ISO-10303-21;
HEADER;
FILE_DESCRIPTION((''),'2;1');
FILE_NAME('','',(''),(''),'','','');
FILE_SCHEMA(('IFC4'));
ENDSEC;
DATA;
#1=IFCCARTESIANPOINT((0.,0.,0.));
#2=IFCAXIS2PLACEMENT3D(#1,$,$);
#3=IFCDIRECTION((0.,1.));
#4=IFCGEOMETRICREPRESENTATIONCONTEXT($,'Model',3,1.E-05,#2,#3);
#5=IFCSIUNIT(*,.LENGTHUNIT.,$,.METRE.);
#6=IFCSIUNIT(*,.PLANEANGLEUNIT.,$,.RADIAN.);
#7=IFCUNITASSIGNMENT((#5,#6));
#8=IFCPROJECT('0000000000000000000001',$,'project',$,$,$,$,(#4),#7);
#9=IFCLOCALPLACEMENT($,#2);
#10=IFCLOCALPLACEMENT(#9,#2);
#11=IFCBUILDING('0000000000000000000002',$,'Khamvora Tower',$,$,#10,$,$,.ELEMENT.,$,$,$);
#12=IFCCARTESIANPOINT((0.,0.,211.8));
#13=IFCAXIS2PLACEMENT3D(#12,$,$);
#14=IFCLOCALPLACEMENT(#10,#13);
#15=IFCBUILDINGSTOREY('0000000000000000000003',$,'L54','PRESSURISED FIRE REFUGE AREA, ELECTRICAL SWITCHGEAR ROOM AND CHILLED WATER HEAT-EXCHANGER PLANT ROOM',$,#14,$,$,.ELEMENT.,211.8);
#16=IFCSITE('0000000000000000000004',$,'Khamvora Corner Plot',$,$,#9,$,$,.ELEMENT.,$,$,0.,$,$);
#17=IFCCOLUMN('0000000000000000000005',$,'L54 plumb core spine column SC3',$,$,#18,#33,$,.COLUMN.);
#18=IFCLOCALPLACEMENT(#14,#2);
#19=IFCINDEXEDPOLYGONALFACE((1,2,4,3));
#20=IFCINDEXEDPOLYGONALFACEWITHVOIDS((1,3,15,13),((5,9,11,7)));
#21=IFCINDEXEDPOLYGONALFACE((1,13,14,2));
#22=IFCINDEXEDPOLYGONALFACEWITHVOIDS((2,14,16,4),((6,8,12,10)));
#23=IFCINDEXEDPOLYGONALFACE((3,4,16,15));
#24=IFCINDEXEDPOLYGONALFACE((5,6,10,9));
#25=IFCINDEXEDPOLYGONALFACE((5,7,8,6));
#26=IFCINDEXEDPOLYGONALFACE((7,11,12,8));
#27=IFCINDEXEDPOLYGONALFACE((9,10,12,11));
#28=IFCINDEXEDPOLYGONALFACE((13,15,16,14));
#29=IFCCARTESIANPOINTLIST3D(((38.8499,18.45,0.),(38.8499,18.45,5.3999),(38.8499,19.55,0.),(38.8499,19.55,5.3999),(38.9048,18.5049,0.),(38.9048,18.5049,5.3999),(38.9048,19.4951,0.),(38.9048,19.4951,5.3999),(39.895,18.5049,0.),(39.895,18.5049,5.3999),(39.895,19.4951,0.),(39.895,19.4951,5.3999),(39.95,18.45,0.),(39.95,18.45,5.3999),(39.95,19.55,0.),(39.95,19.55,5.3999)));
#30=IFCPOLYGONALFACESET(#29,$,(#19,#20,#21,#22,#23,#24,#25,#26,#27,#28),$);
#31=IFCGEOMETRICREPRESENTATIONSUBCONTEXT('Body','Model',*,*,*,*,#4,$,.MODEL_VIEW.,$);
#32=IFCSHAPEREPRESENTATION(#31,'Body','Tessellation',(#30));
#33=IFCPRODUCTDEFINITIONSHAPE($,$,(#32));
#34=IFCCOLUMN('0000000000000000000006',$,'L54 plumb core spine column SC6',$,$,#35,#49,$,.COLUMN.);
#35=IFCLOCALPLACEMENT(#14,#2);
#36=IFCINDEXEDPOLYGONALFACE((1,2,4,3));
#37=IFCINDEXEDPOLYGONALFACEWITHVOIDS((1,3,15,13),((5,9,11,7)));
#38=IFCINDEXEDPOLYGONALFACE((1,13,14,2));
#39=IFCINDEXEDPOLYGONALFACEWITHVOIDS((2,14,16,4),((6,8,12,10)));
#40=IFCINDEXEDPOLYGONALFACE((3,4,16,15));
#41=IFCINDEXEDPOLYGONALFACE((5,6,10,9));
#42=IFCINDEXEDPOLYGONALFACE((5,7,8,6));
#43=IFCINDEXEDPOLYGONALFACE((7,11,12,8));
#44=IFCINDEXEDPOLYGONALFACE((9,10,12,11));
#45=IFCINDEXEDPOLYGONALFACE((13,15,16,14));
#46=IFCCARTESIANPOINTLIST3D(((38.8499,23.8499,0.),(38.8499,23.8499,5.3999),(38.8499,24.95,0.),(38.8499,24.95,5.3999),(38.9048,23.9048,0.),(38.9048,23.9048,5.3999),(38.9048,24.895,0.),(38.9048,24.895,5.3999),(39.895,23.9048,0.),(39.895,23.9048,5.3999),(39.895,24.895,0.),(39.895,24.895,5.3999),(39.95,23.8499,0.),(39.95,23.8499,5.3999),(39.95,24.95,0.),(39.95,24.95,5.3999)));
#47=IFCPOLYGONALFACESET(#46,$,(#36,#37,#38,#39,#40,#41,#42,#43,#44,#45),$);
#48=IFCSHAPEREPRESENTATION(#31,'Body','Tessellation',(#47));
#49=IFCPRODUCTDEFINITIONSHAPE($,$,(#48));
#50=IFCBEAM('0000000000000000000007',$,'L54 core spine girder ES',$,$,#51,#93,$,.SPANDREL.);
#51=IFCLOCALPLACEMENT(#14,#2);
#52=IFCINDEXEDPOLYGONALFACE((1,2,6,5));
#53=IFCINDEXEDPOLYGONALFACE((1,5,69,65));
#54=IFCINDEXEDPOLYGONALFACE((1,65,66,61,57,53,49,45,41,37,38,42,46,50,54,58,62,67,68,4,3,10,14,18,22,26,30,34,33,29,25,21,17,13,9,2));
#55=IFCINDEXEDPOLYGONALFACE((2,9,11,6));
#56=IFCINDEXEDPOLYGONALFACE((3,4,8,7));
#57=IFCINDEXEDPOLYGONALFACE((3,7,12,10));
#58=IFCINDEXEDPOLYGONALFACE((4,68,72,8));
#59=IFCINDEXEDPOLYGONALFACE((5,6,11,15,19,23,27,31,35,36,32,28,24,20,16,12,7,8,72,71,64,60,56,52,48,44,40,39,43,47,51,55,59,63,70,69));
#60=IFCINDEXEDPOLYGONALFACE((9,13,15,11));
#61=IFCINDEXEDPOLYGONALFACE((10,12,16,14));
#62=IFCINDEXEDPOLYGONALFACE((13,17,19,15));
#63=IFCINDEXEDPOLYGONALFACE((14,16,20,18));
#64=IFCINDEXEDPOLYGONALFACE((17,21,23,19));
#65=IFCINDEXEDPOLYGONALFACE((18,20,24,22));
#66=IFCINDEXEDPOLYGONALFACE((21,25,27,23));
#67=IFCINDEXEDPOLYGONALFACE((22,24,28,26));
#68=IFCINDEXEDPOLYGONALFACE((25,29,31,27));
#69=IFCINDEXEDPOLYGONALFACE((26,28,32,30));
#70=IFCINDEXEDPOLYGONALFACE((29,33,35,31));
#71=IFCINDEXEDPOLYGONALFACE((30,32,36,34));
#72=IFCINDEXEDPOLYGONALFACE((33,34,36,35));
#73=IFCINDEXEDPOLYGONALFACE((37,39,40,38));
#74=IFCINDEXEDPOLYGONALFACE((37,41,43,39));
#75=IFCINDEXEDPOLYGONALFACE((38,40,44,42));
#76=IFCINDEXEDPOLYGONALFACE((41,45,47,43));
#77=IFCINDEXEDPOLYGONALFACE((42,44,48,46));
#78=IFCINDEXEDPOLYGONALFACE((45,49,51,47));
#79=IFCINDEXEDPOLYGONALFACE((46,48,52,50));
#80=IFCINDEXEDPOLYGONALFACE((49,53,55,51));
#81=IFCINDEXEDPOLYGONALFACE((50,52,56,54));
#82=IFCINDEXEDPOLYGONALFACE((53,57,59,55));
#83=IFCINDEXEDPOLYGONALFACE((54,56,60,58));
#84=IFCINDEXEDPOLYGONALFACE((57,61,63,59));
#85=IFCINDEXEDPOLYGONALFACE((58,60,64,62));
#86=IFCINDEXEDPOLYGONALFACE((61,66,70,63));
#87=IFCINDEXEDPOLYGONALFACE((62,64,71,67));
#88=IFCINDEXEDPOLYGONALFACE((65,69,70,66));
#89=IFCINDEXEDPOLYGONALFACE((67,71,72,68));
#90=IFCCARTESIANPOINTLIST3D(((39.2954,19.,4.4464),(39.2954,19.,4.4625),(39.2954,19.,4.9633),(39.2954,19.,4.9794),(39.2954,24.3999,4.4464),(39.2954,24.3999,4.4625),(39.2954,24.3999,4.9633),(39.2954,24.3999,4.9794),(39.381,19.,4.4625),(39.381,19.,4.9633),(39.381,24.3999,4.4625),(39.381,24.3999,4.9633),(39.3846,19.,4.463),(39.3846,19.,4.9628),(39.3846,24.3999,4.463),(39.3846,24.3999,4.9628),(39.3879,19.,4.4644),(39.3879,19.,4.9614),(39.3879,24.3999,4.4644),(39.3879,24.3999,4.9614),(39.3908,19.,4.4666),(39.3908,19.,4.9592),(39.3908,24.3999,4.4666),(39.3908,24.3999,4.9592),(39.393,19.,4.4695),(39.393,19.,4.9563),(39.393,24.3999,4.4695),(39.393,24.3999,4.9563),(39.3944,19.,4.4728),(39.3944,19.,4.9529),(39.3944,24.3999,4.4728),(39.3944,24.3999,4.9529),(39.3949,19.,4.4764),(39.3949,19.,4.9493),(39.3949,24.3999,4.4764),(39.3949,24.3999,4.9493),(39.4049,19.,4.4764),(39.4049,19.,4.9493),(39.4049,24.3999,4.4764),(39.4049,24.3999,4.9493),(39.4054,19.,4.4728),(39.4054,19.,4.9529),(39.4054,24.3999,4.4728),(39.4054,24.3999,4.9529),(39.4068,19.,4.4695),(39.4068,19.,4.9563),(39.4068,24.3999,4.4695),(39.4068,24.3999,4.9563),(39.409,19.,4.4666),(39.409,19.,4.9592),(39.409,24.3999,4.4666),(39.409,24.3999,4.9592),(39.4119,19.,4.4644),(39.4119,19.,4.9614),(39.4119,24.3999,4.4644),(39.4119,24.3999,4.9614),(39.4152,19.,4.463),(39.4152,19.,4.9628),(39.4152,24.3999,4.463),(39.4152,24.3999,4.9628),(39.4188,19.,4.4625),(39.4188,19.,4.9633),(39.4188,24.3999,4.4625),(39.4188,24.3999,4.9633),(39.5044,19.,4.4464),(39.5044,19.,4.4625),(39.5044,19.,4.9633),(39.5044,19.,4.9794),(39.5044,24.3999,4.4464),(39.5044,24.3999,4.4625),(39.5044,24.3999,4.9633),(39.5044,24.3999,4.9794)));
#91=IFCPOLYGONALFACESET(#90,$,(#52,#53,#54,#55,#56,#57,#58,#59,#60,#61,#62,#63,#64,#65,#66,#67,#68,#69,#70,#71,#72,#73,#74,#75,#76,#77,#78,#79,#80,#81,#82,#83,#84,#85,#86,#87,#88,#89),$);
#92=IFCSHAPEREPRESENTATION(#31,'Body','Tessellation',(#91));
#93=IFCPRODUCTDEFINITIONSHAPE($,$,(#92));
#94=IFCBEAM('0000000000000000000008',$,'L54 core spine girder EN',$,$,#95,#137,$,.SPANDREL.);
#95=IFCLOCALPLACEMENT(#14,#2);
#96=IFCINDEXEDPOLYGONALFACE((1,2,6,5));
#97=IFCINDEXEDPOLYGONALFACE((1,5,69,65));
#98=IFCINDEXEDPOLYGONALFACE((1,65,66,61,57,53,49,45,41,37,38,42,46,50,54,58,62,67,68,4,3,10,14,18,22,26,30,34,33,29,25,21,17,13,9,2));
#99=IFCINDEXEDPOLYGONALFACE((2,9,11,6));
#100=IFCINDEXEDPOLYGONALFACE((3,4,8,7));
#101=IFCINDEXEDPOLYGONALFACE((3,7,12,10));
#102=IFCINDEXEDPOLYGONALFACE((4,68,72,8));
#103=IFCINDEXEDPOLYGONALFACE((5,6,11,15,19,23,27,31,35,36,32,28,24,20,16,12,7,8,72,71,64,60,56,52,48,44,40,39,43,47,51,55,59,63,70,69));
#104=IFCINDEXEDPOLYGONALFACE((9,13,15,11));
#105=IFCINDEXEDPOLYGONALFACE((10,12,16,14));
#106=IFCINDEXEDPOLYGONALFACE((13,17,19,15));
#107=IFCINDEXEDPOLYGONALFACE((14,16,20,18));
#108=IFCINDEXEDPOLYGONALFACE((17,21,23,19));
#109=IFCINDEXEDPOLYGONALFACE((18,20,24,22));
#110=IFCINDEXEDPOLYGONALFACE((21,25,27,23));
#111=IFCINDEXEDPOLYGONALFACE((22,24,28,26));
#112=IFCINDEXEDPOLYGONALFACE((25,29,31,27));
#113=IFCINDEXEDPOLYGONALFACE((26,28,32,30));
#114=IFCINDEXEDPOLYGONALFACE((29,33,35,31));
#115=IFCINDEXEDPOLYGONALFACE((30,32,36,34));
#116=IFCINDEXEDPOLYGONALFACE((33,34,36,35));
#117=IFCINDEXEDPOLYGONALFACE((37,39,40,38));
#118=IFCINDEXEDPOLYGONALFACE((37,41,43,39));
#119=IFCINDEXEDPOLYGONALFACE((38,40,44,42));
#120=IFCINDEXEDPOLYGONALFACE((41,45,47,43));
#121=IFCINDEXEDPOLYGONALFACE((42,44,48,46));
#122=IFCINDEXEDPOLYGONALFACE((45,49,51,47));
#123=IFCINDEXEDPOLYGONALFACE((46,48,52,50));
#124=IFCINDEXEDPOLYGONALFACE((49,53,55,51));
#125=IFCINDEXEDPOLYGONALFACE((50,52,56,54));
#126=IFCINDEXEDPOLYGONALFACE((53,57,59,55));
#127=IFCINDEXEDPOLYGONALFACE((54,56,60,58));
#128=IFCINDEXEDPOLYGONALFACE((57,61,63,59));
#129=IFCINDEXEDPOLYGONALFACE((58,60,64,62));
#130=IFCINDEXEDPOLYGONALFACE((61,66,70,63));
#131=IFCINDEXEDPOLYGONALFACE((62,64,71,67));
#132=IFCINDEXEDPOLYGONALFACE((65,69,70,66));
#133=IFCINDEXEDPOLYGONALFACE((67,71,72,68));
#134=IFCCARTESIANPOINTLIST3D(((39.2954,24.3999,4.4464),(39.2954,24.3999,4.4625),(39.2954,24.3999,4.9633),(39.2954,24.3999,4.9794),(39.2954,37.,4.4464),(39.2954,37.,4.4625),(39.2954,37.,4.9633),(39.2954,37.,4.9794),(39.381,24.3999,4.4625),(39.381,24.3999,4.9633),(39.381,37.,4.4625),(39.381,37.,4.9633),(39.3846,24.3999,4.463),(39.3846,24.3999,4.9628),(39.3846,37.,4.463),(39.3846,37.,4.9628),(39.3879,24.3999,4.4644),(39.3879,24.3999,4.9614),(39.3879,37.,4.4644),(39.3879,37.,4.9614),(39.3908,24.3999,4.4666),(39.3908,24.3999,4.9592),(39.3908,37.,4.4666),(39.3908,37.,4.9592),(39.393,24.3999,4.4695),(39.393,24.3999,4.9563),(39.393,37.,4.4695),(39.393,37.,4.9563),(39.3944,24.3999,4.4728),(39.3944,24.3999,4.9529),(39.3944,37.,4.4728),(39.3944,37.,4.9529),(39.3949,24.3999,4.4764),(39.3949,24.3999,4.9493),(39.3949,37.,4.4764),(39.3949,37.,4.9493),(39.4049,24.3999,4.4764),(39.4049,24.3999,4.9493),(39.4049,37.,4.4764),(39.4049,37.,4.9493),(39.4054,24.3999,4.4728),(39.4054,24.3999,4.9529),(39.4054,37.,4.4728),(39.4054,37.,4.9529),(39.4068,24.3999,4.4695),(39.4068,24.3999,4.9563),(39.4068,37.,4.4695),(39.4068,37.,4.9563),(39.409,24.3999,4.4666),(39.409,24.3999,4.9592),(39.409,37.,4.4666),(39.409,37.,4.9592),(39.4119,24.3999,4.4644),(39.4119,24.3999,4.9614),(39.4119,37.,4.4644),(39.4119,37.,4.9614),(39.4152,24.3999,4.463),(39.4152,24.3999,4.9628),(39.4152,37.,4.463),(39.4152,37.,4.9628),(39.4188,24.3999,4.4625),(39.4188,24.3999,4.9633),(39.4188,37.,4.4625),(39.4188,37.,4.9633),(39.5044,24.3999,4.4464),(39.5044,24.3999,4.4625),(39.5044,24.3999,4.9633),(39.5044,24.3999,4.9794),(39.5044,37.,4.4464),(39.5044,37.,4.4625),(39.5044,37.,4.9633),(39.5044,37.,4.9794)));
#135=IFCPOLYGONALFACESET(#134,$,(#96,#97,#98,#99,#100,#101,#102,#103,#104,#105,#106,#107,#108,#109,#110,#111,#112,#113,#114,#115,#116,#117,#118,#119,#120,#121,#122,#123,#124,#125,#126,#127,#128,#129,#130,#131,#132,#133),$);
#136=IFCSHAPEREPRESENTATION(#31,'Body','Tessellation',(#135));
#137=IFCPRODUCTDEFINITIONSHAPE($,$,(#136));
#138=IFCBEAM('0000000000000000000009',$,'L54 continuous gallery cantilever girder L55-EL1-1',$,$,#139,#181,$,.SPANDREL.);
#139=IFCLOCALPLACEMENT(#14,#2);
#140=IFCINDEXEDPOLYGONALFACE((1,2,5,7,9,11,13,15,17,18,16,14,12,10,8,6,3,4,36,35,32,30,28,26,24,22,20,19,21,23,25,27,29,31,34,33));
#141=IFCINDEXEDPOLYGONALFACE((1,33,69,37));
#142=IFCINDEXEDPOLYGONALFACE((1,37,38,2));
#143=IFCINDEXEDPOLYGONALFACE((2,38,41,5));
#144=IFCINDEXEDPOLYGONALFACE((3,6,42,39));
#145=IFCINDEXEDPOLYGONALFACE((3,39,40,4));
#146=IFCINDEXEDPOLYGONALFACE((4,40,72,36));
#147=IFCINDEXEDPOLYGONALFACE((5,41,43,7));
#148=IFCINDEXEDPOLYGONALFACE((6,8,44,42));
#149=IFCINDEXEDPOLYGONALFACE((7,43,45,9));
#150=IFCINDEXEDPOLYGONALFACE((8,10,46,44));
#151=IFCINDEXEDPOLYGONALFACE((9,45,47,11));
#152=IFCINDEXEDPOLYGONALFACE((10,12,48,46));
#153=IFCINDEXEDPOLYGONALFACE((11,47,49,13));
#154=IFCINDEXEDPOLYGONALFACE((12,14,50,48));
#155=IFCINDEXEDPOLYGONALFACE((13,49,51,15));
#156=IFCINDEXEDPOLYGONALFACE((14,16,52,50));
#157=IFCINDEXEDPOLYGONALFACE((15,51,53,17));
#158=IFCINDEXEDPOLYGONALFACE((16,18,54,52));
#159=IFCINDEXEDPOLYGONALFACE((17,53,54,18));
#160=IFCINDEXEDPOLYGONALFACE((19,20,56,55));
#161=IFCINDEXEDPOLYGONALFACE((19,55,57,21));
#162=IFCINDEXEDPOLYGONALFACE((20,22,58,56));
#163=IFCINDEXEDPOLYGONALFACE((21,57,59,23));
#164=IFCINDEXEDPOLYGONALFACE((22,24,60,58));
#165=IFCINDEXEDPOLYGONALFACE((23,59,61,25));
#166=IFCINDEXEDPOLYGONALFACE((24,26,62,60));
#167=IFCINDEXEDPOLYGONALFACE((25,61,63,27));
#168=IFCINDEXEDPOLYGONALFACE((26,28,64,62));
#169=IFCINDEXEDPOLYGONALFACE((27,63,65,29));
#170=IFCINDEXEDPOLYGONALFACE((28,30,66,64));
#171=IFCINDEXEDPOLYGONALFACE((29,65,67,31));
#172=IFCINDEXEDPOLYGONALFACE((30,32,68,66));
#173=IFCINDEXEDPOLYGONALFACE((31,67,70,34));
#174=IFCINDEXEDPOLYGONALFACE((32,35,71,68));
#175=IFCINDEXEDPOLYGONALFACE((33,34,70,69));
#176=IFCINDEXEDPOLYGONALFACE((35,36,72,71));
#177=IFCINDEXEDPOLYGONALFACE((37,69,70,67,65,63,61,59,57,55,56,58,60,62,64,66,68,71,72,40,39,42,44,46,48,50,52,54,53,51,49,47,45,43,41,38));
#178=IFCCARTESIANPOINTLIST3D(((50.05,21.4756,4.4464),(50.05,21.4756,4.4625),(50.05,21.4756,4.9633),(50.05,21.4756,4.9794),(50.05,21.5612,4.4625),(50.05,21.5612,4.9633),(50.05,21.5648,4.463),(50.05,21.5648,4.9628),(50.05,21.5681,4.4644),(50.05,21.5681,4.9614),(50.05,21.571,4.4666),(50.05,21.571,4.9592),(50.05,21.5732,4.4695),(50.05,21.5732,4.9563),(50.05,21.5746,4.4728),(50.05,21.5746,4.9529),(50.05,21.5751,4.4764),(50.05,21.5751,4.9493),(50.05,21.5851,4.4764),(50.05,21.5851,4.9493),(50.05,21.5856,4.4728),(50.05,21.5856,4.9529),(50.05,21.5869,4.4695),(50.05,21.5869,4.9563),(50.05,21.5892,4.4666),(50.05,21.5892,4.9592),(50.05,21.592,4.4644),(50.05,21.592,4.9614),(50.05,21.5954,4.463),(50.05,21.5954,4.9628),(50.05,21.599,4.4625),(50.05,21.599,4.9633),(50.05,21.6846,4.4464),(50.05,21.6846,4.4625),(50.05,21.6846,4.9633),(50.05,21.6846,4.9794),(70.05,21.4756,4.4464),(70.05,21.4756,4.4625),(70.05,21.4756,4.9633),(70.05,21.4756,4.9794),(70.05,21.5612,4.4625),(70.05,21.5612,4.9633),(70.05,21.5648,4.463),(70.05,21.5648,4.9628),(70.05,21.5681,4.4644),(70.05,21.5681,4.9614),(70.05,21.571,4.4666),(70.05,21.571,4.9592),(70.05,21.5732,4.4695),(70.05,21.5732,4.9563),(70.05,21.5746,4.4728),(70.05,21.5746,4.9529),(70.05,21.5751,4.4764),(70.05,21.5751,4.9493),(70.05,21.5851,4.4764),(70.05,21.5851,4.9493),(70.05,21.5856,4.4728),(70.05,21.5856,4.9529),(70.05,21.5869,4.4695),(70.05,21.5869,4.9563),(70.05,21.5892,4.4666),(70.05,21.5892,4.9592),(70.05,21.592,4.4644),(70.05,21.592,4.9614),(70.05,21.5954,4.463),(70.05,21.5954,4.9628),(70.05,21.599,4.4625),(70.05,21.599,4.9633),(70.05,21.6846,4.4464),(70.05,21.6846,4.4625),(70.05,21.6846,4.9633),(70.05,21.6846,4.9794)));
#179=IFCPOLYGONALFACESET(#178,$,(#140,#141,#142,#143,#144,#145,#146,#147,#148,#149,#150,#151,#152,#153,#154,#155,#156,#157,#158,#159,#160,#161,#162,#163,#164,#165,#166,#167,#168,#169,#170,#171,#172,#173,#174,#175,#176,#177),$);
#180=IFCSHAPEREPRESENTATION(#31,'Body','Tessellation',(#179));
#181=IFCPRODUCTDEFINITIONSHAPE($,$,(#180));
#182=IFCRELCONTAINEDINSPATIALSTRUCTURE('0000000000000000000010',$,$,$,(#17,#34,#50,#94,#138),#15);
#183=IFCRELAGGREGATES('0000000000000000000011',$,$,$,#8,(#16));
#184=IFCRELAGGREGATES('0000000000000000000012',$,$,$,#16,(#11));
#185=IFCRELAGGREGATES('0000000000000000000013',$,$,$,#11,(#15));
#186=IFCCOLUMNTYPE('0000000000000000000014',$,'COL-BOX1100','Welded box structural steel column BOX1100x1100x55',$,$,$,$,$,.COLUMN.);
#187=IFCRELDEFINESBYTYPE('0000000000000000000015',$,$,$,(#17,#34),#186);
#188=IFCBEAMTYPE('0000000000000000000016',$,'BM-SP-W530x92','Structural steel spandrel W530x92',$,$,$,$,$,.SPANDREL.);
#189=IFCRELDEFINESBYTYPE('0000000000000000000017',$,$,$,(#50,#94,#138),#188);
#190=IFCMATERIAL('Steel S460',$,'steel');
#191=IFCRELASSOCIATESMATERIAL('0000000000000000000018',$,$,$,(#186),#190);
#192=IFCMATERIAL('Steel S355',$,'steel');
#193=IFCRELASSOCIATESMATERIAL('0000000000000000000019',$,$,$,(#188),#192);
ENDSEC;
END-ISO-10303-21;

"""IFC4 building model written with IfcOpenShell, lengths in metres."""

from ifc_helpers import new_model, si_unit, direction, frame, origin, origin_2d, place, context, subcontext, project, spatial, hollow_rectangle, i_section, extrude, material, material_profile, profile_set, type_object, element, save


model = new_model("IFC4")

# Units and contexts
model_context = context("Model", 3, precision=1e-05, world=origin(), true_north=direction((0.0, 1.0)))
body_context = subcontext(model_context, "Body", "Model", "MODEL_VIEW")
ifc_project = project(units=[si_unit("LENGTHUNIT", "METRE"), si_unit("PLANEANGLEUNIT", "RADIAN")], contexts=[model_context])

# Site, building, storey
site_placement = place(None, origin())
site = spatial("IfcSite", under=ifc_project, at=site_placement, Name="Khamvora Corner Plot", CompositionType="ELEMENT", RefElevation=0.0)
building_placement = place(site_placement, origin())
building = spatial("IfcBuilding", under=site, at=building_placement, Name="Khamvora Tower", CompositionType="ELEMENT")
storey_placement = place(building_placement, frame((0.0, 0.0, 211.8)))
storey = spatial("IfcBuildingStorey", under=building, at=storey_placement, Name="L54", Description="PRESSURISED FIRE REFUGE AREA, ELECTRICAL SWITCHGEAR ROOM AND CHILLED WATER HEAT-EXCHANGER PLANT ROOM", CompositionType="ELEMENT", Elevation=211.8)

# Columns
ifc_material_1 = material(Name="Steel S460", Category="steel")
ifc_material_profile_1 = material_profile(ifc_material_1, hollow_rectangle(XDim=1.1001, YDim=1.1001, WallThickness=0.0549, at=origin_2d()), Name="BOX1100x1100x55")
ifc_profile_set_1 = profile_set([ifc_material_profile_1], Name="Steel S460")
column_type = type_object("IfcColumnType", Name="COL-BOX1100", Description="Welded box structural steel column BOX1100x1100x55", PredefinedType="COLUMN", material=ifc_profile_set_1)
for number, where, z_axis, x_axis, name in (
    (1, (39.3999, 19.0, 0.0), (0.0, 0.0, 1.0), (1.0, 0.0, 0.0), "L54 plumb core spine column SC3"),
    (2, (39.3999, 24.3999, 0.0), (0.0, 0.0, 1.0), (1.0, 0.0, 0.0), "L54 plumb core spine column SC6"),
):
    element("IfcColumn", number, at=place(storey_placement, frame(where, z_axis=z_axis, x_axis=x_axis)), inside=storey, type_object=column_type, Name=name, PredefinedType="COLUMN", context=body_context, shape_type="SweptSolid", body=[
        extrude(hollow_rectangle(XDim=1.1001, YDim=1.1001, WallThickness=0.0549, at=origin_2d()), origin(), (0.0, 0.0, 1.0), 5.3999),
    ])

# Beams
ifc_material_2 = material(Name="Steel S355", Category="steel")
ifc_material_profile_2 = material_profile(ifc_material_2, i_section(OverallWidth=0.209, OverallDepth=0.533, WebThickness=0.01, FlangeThickness=0.0161, FilletRadius=0.0139, at=origin_2d()), Name="W530x92")
ifc_profile_set_2 = profile_set([ifc_material_profile_2], Name="Steel S355")
beam_type_1 = type_object("IfcBeamType", Name="BM-SP-W530x92", Description="Structural steel spandrel W530x92", PredefinedType="SPANDREL", material=ifc_profile_set_2)
beam_1_placement = place(storey_placement, frame((39.3999, 19.0, 4.7129), z_axis=(0.0, 1.0, 0.0), x_axis=(-1.0, 0.0, 0.0)))
element("IfcBeam", 3, at=beam_1_placement, inside=storey, type_object=beam_type_1, Name="L54 core spine girder ES", PredefinedType="SPANDREL", context=body_context, shape_type="SweptSolid", body=[
    extrude(i_section(OverallWidth=0.209, OverallDepth=0.533, WebThickness=0.01, FlangeThickness=0.0161, FilletRadius=0.0139, at=origin_2d()), origin(), (0.0, 0.0, 1.0), 5.3999),
])
beam_2_placement = place(storey_placement, frame((39.3999, 24.3999, 4.7129), z_axis=(0.0, 1.0, 0.0), x_axis=(-1.0, 0.0, 0.0)))
element("IfcBeam", 4, at=beam_2_placement, inside=storey, type_object=beam_type_1, Name="L54 core spine girder EN", PredefinedType="SPANDREL", context=body_context, shape_type="SweptSolid", body=[
    extrude(i_section(OverallWidth=0.209, OverallDepth=0.533, WebThickness=0.01, FlangeThickness=0.0161, FilletRadius=0.0139, at=origin_2d()), origin(), (0.0, 0.0, 1.0), 12.6001),
])
for number, where, z_axis, x_axis, name in (
    (5, (50.05, 21.5801, 4.7129), (1.0, 0.0, 0.0), (0.0, 1.0, 0.0), "L54 continuous gallery cantilever girder L55-EL1-1"),
):
    element("IfcBeam", number, at=place(storey_placement, frame(where, z_axis=z_axis, x_axis=x_axis)), inside=storey, type_object=beam_type_1, Name=name, PredefinedType="SPANDREL", context=body_context, shape_type="SweptSolid", body=[
        extrude(i_section(OverallWidth=0.209, OverallDepth=0.533, WebThickness=0.01, FlangeThickness=0.0161, FilletRadius=0.0139, at=origin_2d()), origin(), (0.0, 0.0, 1.0), 20.0),
    ])

save(model, "model.ifc")
